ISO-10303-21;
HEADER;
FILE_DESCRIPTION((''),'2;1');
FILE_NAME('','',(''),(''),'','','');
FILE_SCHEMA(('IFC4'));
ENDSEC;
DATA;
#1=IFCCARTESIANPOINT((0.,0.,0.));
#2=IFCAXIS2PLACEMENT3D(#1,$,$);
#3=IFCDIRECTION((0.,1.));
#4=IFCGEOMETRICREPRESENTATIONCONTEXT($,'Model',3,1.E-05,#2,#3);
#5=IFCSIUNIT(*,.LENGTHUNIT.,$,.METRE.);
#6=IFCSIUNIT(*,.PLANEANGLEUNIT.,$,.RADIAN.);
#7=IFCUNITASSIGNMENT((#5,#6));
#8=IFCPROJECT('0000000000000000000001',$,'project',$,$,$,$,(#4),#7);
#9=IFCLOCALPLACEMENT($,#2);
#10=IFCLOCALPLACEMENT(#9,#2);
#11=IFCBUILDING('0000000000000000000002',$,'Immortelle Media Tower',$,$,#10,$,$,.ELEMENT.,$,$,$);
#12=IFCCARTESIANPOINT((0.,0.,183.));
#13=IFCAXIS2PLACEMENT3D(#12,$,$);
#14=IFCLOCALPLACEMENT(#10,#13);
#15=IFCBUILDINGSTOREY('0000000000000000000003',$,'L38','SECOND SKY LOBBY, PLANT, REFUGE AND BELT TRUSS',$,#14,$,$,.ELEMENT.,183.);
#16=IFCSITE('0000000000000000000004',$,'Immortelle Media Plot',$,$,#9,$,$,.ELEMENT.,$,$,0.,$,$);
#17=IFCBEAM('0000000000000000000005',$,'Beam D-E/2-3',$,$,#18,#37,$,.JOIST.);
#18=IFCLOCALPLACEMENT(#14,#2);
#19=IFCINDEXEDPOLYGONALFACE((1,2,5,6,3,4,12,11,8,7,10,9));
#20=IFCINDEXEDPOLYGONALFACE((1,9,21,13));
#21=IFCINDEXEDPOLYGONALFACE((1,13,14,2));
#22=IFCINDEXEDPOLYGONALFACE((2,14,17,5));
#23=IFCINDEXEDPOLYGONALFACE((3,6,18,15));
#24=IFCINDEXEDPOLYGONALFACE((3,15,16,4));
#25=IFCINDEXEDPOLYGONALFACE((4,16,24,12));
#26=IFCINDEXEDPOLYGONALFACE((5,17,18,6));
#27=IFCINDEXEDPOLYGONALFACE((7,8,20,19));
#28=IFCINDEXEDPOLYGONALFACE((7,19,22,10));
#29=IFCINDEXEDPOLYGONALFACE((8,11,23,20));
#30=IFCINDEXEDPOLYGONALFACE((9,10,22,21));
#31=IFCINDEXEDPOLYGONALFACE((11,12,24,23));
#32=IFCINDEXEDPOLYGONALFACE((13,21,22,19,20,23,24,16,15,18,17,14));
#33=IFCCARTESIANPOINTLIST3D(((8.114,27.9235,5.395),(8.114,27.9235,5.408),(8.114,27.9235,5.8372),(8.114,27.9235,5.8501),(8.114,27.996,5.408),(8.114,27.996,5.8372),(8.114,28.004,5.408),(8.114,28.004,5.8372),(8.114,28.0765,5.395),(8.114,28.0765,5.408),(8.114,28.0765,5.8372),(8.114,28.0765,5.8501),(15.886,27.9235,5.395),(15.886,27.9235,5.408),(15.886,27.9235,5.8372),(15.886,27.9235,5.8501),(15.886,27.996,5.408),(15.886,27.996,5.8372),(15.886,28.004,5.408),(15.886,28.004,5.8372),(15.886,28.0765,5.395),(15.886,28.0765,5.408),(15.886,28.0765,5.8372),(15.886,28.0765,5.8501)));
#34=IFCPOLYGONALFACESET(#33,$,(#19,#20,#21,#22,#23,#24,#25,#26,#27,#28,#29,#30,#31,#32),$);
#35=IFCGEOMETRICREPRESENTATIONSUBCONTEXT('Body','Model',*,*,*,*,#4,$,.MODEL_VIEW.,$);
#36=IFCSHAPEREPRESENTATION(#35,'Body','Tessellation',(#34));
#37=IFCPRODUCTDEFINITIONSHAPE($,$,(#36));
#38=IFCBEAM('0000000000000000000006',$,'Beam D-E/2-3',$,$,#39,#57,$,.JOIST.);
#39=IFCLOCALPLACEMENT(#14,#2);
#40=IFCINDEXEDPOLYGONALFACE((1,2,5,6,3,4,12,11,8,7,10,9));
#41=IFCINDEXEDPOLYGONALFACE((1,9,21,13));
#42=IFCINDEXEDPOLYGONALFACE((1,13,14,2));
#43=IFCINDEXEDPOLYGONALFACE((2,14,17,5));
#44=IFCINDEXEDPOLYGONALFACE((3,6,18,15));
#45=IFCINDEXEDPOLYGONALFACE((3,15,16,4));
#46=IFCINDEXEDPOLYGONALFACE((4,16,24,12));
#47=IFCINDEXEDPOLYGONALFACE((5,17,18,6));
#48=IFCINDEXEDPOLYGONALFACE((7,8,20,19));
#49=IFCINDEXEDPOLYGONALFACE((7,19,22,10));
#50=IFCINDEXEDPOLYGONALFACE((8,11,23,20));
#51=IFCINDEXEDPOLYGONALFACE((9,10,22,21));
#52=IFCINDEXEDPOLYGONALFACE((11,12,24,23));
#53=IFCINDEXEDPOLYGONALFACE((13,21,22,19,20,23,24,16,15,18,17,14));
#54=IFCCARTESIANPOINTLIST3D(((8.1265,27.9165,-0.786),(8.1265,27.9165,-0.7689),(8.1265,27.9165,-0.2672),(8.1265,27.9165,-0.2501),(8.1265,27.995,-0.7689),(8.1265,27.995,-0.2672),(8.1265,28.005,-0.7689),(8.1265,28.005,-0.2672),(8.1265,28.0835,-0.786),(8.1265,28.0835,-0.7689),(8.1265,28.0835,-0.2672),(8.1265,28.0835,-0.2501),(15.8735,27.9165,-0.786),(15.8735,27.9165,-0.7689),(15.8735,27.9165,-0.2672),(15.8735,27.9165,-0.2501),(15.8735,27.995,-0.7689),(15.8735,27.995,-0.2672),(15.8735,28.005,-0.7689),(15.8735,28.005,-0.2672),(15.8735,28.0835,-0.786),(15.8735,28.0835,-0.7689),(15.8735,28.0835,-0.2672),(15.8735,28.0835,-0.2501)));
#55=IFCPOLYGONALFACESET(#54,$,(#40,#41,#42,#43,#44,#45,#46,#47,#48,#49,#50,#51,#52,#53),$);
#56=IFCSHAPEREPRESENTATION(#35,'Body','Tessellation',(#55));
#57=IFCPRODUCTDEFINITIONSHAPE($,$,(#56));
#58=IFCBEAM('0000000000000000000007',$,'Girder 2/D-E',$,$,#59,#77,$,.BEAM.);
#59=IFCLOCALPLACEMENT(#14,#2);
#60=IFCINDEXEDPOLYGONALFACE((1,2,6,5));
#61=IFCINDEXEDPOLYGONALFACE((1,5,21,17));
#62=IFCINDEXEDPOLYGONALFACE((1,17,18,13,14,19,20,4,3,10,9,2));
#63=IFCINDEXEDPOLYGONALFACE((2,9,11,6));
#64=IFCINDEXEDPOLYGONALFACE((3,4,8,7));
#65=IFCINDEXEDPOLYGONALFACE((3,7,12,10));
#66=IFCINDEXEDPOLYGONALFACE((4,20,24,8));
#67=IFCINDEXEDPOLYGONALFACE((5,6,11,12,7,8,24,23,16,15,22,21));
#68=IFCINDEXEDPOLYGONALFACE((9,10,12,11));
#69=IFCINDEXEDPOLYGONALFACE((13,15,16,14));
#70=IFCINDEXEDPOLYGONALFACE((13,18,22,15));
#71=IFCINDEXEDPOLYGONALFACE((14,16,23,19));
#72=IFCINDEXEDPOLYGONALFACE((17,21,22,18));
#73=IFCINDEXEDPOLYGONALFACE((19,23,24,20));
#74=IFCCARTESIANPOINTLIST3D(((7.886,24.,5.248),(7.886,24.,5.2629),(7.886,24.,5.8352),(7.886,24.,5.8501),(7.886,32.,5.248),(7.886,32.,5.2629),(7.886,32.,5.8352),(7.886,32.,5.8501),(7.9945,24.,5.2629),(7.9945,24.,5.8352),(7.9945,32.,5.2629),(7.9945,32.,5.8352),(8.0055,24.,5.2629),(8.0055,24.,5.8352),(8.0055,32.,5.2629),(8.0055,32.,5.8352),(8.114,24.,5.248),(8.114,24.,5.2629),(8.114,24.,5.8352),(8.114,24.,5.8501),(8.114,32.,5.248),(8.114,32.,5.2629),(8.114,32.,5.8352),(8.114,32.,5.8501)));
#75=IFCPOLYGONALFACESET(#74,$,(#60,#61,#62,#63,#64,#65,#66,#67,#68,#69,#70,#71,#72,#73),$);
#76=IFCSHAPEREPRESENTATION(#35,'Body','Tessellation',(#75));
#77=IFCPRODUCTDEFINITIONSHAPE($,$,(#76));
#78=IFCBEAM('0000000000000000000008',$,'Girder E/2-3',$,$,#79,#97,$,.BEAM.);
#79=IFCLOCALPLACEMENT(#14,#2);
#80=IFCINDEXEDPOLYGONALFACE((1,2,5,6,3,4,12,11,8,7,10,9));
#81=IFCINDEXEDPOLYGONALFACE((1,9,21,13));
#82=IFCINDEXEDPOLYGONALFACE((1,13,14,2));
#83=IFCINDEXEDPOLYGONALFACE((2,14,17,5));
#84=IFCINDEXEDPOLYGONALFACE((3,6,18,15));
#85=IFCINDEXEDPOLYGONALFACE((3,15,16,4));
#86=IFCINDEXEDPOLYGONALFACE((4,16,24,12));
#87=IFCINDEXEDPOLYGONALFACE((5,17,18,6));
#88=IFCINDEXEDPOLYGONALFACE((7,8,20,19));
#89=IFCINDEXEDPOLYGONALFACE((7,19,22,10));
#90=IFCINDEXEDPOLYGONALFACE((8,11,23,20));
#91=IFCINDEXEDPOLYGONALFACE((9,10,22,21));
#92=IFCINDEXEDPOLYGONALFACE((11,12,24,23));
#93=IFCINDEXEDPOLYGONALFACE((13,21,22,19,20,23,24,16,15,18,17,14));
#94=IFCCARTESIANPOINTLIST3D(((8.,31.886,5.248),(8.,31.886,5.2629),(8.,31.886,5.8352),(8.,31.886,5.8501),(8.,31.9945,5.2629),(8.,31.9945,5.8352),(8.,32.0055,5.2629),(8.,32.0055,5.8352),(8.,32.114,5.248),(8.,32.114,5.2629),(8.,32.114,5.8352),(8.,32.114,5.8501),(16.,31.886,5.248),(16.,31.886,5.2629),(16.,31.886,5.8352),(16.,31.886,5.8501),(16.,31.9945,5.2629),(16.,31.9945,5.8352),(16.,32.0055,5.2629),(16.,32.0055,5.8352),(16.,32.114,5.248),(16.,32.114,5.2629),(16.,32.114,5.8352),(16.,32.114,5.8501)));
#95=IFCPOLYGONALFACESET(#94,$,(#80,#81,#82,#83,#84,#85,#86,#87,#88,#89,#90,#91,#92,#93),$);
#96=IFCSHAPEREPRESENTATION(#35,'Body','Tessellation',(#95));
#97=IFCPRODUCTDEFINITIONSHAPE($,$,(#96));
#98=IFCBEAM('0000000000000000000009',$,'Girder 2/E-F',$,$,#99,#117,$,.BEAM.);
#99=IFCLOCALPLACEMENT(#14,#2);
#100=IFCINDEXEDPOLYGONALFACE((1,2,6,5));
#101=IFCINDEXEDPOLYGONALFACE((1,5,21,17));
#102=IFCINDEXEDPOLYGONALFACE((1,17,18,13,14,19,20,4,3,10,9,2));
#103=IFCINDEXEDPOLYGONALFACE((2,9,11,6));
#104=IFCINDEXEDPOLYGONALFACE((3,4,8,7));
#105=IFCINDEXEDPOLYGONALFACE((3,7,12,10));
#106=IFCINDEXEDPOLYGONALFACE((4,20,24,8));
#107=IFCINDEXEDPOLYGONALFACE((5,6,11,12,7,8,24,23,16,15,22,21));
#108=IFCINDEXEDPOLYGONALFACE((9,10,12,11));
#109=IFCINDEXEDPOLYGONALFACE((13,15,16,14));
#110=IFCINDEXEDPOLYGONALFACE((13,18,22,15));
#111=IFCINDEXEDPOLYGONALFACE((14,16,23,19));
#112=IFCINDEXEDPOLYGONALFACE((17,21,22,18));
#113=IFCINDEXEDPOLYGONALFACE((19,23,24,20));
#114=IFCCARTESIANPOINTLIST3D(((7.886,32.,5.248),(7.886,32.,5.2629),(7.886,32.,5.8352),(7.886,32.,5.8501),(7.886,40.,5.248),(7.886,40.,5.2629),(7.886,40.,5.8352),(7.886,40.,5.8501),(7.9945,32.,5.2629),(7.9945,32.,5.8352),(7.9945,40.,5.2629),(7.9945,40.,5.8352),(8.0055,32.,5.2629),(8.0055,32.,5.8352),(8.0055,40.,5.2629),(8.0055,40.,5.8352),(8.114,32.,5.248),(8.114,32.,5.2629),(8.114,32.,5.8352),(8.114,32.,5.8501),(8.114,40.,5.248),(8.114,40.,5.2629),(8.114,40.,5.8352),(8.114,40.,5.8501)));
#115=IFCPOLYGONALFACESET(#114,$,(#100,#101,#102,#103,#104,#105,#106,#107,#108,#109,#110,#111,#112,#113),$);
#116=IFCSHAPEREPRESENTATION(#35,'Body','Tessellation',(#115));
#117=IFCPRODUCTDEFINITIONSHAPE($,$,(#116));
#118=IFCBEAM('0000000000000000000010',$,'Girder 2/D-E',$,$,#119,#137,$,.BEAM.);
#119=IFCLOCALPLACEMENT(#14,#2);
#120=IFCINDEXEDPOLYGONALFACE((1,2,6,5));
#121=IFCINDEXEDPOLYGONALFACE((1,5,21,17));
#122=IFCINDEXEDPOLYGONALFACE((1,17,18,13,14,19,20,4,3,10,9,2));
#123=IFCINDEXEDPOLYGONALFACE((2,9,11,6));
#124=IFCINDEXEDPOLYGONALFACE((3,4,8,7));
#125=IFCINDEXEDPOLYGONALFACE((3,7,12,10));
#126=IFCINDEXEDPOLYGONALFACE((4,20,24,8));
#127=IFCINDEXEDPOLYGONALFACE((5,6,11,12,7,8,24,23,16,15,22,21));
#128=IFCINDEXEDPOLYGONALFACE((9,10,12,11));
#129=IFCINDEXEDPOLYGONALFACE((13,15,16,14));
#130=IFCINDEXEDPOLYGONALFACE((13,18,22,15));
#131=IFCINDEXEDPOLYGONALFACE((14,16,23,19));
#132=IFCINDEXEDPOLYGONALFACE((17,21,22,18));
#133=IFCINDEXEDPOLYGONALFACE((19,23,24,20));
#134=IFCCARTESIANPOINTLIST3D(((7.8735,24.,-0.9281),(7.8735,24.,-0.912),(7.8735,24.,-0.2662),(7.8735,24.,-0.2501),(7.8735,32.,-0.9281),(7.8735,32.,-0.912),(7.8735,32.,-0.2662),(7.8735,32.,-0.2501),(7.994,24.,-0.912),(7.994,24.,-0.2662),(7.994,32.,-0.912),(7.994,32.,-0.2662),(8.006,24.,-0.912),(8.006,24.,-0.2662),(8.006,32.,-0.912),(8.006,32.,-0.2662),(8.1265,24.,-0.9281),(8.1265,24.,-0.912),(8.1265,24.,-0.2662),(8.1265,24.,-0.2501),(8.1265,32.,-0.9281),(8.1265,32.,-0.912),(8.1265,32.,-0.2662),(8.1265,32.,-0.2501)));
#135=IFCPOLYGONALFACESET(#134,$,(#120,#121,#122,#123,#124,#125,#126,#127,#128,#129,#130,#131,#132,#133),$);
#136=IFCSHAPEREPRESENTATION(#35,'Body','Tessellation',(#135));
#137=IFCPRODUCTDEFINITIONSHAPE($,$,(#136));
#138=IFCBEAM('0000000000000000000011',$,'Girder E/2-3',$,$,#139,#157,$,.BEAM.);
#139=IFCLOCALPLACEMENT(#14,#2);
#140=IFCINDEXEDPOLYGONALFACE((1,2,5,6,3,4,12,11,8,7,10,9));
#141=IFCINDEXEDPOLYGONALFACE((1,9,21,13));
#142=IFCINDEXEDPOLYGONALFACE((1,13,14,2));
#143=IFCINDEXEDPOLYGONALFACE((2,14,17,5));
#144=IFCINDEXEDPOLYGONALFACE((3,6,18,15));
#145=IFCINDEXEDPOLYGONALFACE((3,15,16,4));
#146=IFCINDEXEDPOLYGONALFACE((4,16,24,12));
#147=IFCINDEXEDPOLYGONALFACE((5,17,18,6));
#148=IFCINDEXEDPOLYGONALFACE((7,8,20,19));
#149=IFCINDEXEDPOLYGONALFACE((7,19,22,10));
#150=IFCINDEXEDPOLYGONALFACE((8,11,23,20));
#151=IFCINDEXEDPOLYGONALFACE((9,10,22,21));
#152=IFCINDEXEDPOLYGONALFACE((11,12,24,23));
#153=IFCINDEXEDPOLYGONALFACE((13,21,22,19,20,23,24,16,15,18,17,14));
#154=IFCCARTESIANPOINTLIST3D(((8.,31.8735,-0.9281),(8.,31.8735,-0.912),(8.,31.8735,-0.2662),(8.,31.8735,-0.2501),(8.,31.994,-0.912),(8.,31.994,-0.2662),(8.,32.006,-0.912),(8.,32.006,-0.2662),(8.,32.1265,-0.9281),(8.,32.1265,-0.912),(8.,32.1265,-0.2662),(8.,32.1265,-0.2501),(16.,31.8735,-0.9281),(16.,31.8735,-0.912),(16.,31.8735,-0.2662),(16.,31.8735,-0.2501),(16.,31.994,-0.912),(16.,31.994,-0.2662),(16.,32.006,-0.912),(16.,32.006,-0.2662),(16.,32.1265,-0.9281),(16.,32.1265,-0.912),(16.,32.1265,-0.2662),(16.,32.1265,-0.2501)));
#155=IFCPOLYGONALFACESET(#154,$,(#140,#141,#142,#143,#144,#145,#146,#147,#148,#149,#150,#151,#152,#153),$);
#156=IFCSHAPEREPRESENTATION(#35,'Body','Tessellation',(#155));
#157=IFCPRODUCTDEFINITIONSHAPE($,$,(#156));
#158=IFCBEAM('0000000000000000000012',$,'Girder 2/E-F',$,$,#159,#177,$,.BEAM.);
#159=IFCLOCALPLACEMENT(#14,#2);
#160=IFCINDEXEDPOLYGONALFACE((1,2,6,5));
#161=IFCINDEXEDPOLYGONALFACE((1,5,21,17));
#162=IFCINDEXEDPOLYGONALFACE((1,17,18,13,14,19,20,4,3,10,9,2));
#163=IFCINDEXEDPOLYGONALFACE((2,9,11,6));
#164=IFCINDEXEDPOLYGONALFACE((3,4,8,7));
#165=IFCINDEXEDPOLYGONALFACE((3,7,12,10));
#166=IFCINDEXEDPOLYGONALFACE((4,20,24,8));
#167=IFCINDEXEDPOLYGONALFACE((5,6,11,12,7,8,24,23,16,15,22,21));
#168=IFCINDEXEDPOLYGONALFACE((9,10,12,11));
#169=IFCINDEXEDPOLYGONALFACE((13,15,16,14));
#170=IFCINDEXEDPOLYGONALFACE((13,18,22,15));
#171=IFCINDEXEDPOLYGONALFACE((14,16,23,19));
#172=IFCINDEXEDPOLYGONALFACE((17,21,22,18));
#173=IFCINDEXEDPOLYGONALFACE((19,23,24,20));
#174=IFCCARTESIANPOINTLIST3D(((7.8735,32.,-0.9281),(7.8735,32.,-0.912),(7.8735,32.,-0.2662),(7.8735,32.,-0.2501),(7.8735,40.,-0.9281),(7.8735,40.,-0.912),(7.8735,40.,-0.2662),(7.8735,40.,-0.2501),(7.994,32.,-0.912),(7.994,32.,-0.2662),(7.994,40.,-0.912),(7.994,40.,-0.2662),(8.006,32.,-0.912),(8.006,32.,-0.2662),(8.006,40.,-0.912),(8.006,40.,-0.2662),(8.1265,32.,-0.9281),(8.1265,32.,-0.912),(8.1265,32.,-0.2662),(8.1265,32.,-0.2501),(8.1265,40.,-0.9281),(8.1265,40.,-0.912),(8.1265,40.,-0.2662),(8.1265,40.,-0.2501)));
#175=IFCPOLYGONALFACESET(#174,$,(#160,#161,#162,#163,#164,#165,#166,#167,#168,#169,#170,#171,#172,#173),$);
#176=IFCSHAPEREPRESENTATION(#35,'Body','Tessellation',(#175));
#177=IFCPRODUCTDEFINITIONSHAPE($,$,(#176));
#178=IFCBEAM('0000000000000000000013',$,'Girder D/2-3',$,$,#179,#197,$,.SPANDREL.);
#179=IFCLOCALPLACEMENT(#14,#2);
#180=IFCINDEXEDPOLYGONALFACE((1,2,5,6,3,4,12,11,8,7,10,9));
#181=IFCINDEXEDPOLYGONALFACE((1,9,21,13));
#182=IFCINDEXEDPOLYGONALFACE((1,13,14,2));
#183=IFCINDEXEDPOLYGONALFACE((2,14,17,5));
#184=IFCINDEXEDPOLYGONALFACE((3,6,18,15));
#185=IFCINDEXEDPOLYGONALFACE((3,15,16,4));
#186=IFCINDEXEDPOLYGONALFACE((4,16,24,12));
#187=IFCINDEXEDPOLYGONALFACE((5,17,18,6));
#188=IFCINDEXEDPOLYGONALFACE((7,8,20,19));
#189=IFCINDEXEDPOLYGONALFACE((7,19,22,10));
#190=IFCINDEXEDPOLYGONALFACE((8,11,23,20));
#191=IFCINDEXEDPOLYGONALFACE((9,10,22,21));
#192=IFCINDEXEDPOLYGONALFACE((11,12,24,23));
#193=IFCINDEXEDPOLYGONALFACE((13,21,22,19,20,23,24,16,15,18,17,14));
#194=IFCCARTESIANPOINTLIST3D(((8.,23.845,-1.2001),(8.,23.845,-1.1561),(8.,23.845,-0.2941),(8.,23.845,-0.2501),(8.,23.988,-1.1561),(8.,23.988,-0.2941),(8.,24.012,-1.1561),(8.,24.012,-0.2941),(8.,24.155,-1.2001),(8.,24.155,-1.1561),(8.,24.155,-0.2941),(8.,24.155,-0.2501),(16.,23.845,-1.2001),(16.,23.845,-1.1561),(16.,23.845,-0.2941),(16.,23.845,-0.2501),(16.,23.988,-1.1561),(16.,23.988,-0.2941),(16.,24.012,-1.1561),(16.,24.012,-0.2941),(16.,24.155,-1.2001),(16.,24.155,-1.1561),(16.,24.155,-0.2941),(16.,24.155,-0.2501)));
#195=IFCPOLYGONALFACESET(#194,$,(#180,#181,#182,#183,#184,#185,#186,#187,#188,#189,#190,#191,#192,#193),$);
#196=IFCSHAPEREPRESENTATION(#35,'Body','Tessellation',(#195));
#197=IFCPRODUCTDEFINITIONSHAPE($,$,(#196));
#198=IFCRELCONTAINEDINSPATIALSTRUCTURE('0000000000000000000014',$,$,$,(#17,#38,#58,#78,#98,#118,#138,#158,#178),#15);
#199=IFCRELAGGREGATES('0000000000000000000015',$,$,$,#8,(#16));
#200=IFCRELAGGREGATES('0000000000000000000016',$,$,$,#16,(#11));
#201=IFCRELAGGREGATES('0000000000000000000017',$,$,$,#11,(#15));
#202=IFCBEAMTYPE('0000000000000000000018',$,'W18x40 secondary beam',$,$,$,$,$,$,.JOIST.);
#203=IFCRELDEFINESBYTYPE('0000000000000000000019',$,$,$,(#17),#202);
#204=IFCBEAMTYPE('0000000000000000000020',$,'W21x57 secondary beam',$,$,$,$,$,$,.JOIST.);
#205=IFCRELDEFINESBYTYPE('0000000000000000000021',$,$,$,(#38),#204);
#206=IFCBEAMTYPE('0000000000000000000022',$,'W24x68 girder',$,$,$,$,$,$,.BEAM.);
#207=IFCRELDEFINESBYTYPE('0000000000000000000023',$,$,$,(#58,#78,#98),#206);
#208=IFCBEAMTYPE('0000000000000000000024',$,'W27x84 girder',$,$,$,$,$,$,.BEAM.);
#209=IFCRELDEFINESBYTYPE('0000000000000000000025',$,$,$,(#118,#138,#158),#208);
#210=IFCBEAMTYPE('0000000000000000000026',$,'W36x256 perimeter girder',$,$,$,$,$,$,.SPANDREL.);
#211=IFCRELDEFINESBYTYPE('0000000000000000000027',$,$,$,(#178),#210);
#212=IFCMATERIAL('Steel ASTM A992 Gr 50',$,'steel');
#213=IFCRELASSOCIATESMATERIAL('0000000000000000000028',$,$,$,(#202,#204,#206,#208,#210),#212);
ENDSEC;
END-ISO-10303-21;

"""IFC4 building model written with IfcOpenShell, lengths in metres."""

from ifc_helpers import new_model, si_unit, direction, frame, origin, origin_2d, place, context, subcontext, project, spatial, i_section, extrude, material, material_profile, profile_set, type_object, element, save


model = new_model("IFC4")

# Units and contexts
model_context = context("Model", 3, precision=1e-05, world=origin(), true_north=direction((0.0, 1.0)))
body_context = subcontext(model_context, "Body", "Model", "MODEL_VIEW")
ifc_project = project(units=[si_unit("LENGTHUNIT", "METRE"), si_unit("PLANEANGLEUNIT", "RADIAN")], contexts=[model_context])

# Site, building, storey
site_placement = place(None, origin())
site = spatial("IfcSite", under=ifc_project, at=site_placement, Name="Immortelle Media Plot", CompositionType="ELEMENT", RefElevation=0.0)
building_placement = place(site_placement, origin())
building = spatial("IfcBuilding", under=site, at=building_placement, Name="Immortelle Media Tower", CompositionType="ELEMENT")
storey_placement = place(building_placement, frame((0.0, 0.0, 183.0)))
storey = spatial("IfcBuildingStorey", under=building, at=storey_placement, Name="L38", Description="SECOND SKY LOBBY, PLANT, REFUGE AND BELT TRUSS", CompositionType="ELEMENT", Elevation=183.0)

# Shared definitions
ifc_material_1 = material(Name="Steel ASTM A992 Gr 50", Category="steel")

# Beams
ifc_material_profile_1 = material_profile(ifc_material_1, i_section(OverallWidth=0.1531, OverallDepth=0.4551, WebThickness=0.0081, FlangeThickness=0.0129, at=origin_2d()), Name="W18x40")
ifc_profile_set_1 = profile_set([ifc_material_profile_1], Name="Steel ASTM A992 Gr 50")
beam_type_1 = type_object("IfcBeamType", Name="W18x40 secondary beam", PredefinedType="JOIST", material=ifc_profile_set_1)
beam_1_placement = place(storey_placement, frame((8.114, 28.0, 5.6226), z_axis=(1.0, 0.0, 0.0), x_axis=(0.0, 1.0, 0.0)))
element("IfcBeam", 1, at=beam_1_placement, inside=storey, type_object=beam_type_1, Name="Beam D-E/2-3", PredefinedType="JOIST", context=body_context, shape_type="SweptSolid", body=[
    extrude(i_section(OverallWidth=0.1531, OverallDepth=0.4551, WebThickness=0.0081, FlangeThickness=0.0129, at=origin_2d()), origin(), (0.0, 0.0, 1.0), 7.772),
])
ifc_material_profile_2 = material_profile(ifc_material_1, i_section(OverallWidth=0.167, OverallDepth=0.5359, WebThickness=0.01, FlangeThickness=0.0171, at=origin_2d()), Name="W21x57")
ifc_profile_set_2 = profile_set([ifc_material_profile_2], Name="Steel ASTM A992 Gr 50")
beam_type_2 = type_object("IfcBeamType", Name="W21x57 secondary beam", PredefinedType="JOIST", material=ifc_profile_set_2)
beam_2_placement = place(storey_placement, frame((8.1265, 28.0, -0.5181), z_axis=(1.0, 0.0, 0.0), x_axis=(0.0, 1.0, 0.0)))
element("IfcBeam", 2, at=beam_2_placement, inside=storey, type_object=beam_type_2, Name="Beam D-E/2-3", PredefinedType="JOIST", context=body_context, shape_type="SweptSolid", body=[
    extrude(i_section(OverallWidth=0.167, OverallDepth=0.5359, WebThickness=0.01, FlangeThickness=0.0171, at=origin_2d()), origin(), (0.0, 0.0, 1.0), 7.7471),
])
ifc_material_profile_3 = material_profile(ifc_material_1, i_section(OverallWidth=0.228, OverallDepth=0.6021, WebThickness=0.011, FlangeThickness=0.0149, at=origin_2d()), Name="W24x68")
ifc_profile_set_3 = profile_set([ifc_material_profile_3], Name="Steel ASTM A992 Gr 50")
beam_type_3 = type_object("IfcBeamType", Name="W24x68 girder", PredefinedType="BEAM", material=ifc_profile_set_3)
for number, where, z_axis, x_axis, name in (
    (3, (8.0, 24.0, 5.5491), (0.0, 1.0, 0.0), (-1.0, 0.0, 0.0), "Girder 2/D-E"),
    (4, (8.0, 32.0, 5.5491), (1.0, 0.0, 0.0), (0.0, 1.0, 0.0), "Girder E/2-3"),
    (5, (8.0, 32.0, 5.5491), (0.0, 1.0, 0.0), (-1.0, 0.0, 0.0), "Girder 2/E-F"),
):
    element("IfcBeam", number, at=place(storey_placement, frame(where, z_axis=z_axis, x_axis=x_axis)), inside=storey, type_object=beam_type_3, Name=name, PredefinedType="BEAM", context=body_context, shape_type="SweptSolid", body=[
        extrude(i_section(OverallWidth=0.228, OverallDepth=0.6021, WebThickness=0.011, FlangeThickness=0.0149, at=origin_2d()), origin(), (0.0, 0.0, 1.0), 8.0),
    ])
ifc_material_profile_4 = material_profile(ifc_material_1, i_section(OverallWidth=0.2529, OverallDepth=0.678, WebThickness=0.012, FlangeThickness=0.0161, at=origin_2d()), Name="W27x84")
ifc_profile_set_4 = profile_set([ifc_material_profile_4], Name="Steel ASTM A992 Gr 50")
beam_type_4 = type_object("IfcBeamType", Name="W27x84 girder", PredefinedType="BEAM", material=ifc_profile_set_4)
for number, where, z_axis, x_axis, name in (
    (6, (8.0, 24.0, -0.5891), (0.0, 1.0, 0.0), (-1.0, 0.0, 0.0), "Girder 2/D-E"),
    (7, (8.0, 32.0, -0.5891), (1.0, 0.0, 0.0), (0.0, 1.0, 0.0), "Girder E/2-3"),
    (8, (8.0, 32.0, -0.5891), (0.0, 1.0, 0.0), (-1.0, 0.0, 0.0), "Girder 2/E-F"),
):
    element("IfcBeam", number, at=place(storey_placement, frame(where, z_axis=z_axis, x_axis=x_axis)), inside=storey, type_object=beam_type_4, Name=name, PredefinedType="BEAM", context=body_context, shape_type="SweptSolid", body=[
        extrude(i_section(OverallWidth=0.2529, OverallDepth=0.678, WebThickness=0.012, FlangeThickness=0.0161, at=origin_2d()), origin(), (0.0, 0.0, 1.0), 8.0),
    ])
ifc_material_profile_5 = material_profile(ifc_material_1, i_section(OverallWidth=0.3101, OverallDepth=0.95, WebThickness=0.0239, FlangeThickness=0.0439, at=origin_2d()), Name="W36x256")
ifc_profile_set_5 = profile_set([ifc_material_profile_5], Name="Steel ASTM A992 Gr 50")
beam_type_5 = type_object("IfcBeamType", Name="W36x256 perimeter girder", PredefinedType="SPANDREL", material=ifc_profile_set_5)
beam_3_placement = place(storey_placement, frame((8.0, 24.0, -0.7251), z_axis=(1.0, 0.0, 0.0), x_axis=(0.0, 1.0, 0.0)))
element("IfcBeam", 9, at=beam_3_placement, inside=storey, type_object=beam_type_5, Name="Girder D/2-3", PredefinedType="SPANDREL", context=body_context, shape_type="SweptSolid", body=[
    extrude(i_section(OverallWidth=0.3101, OverallDepth=0.95, WebThickness=0.0239, FlangeThickness=0.0439, at=origin_2d()), origin(), (0.0, 0.0, 1.0), 8.0),
])

save(model, "model.ifc")
